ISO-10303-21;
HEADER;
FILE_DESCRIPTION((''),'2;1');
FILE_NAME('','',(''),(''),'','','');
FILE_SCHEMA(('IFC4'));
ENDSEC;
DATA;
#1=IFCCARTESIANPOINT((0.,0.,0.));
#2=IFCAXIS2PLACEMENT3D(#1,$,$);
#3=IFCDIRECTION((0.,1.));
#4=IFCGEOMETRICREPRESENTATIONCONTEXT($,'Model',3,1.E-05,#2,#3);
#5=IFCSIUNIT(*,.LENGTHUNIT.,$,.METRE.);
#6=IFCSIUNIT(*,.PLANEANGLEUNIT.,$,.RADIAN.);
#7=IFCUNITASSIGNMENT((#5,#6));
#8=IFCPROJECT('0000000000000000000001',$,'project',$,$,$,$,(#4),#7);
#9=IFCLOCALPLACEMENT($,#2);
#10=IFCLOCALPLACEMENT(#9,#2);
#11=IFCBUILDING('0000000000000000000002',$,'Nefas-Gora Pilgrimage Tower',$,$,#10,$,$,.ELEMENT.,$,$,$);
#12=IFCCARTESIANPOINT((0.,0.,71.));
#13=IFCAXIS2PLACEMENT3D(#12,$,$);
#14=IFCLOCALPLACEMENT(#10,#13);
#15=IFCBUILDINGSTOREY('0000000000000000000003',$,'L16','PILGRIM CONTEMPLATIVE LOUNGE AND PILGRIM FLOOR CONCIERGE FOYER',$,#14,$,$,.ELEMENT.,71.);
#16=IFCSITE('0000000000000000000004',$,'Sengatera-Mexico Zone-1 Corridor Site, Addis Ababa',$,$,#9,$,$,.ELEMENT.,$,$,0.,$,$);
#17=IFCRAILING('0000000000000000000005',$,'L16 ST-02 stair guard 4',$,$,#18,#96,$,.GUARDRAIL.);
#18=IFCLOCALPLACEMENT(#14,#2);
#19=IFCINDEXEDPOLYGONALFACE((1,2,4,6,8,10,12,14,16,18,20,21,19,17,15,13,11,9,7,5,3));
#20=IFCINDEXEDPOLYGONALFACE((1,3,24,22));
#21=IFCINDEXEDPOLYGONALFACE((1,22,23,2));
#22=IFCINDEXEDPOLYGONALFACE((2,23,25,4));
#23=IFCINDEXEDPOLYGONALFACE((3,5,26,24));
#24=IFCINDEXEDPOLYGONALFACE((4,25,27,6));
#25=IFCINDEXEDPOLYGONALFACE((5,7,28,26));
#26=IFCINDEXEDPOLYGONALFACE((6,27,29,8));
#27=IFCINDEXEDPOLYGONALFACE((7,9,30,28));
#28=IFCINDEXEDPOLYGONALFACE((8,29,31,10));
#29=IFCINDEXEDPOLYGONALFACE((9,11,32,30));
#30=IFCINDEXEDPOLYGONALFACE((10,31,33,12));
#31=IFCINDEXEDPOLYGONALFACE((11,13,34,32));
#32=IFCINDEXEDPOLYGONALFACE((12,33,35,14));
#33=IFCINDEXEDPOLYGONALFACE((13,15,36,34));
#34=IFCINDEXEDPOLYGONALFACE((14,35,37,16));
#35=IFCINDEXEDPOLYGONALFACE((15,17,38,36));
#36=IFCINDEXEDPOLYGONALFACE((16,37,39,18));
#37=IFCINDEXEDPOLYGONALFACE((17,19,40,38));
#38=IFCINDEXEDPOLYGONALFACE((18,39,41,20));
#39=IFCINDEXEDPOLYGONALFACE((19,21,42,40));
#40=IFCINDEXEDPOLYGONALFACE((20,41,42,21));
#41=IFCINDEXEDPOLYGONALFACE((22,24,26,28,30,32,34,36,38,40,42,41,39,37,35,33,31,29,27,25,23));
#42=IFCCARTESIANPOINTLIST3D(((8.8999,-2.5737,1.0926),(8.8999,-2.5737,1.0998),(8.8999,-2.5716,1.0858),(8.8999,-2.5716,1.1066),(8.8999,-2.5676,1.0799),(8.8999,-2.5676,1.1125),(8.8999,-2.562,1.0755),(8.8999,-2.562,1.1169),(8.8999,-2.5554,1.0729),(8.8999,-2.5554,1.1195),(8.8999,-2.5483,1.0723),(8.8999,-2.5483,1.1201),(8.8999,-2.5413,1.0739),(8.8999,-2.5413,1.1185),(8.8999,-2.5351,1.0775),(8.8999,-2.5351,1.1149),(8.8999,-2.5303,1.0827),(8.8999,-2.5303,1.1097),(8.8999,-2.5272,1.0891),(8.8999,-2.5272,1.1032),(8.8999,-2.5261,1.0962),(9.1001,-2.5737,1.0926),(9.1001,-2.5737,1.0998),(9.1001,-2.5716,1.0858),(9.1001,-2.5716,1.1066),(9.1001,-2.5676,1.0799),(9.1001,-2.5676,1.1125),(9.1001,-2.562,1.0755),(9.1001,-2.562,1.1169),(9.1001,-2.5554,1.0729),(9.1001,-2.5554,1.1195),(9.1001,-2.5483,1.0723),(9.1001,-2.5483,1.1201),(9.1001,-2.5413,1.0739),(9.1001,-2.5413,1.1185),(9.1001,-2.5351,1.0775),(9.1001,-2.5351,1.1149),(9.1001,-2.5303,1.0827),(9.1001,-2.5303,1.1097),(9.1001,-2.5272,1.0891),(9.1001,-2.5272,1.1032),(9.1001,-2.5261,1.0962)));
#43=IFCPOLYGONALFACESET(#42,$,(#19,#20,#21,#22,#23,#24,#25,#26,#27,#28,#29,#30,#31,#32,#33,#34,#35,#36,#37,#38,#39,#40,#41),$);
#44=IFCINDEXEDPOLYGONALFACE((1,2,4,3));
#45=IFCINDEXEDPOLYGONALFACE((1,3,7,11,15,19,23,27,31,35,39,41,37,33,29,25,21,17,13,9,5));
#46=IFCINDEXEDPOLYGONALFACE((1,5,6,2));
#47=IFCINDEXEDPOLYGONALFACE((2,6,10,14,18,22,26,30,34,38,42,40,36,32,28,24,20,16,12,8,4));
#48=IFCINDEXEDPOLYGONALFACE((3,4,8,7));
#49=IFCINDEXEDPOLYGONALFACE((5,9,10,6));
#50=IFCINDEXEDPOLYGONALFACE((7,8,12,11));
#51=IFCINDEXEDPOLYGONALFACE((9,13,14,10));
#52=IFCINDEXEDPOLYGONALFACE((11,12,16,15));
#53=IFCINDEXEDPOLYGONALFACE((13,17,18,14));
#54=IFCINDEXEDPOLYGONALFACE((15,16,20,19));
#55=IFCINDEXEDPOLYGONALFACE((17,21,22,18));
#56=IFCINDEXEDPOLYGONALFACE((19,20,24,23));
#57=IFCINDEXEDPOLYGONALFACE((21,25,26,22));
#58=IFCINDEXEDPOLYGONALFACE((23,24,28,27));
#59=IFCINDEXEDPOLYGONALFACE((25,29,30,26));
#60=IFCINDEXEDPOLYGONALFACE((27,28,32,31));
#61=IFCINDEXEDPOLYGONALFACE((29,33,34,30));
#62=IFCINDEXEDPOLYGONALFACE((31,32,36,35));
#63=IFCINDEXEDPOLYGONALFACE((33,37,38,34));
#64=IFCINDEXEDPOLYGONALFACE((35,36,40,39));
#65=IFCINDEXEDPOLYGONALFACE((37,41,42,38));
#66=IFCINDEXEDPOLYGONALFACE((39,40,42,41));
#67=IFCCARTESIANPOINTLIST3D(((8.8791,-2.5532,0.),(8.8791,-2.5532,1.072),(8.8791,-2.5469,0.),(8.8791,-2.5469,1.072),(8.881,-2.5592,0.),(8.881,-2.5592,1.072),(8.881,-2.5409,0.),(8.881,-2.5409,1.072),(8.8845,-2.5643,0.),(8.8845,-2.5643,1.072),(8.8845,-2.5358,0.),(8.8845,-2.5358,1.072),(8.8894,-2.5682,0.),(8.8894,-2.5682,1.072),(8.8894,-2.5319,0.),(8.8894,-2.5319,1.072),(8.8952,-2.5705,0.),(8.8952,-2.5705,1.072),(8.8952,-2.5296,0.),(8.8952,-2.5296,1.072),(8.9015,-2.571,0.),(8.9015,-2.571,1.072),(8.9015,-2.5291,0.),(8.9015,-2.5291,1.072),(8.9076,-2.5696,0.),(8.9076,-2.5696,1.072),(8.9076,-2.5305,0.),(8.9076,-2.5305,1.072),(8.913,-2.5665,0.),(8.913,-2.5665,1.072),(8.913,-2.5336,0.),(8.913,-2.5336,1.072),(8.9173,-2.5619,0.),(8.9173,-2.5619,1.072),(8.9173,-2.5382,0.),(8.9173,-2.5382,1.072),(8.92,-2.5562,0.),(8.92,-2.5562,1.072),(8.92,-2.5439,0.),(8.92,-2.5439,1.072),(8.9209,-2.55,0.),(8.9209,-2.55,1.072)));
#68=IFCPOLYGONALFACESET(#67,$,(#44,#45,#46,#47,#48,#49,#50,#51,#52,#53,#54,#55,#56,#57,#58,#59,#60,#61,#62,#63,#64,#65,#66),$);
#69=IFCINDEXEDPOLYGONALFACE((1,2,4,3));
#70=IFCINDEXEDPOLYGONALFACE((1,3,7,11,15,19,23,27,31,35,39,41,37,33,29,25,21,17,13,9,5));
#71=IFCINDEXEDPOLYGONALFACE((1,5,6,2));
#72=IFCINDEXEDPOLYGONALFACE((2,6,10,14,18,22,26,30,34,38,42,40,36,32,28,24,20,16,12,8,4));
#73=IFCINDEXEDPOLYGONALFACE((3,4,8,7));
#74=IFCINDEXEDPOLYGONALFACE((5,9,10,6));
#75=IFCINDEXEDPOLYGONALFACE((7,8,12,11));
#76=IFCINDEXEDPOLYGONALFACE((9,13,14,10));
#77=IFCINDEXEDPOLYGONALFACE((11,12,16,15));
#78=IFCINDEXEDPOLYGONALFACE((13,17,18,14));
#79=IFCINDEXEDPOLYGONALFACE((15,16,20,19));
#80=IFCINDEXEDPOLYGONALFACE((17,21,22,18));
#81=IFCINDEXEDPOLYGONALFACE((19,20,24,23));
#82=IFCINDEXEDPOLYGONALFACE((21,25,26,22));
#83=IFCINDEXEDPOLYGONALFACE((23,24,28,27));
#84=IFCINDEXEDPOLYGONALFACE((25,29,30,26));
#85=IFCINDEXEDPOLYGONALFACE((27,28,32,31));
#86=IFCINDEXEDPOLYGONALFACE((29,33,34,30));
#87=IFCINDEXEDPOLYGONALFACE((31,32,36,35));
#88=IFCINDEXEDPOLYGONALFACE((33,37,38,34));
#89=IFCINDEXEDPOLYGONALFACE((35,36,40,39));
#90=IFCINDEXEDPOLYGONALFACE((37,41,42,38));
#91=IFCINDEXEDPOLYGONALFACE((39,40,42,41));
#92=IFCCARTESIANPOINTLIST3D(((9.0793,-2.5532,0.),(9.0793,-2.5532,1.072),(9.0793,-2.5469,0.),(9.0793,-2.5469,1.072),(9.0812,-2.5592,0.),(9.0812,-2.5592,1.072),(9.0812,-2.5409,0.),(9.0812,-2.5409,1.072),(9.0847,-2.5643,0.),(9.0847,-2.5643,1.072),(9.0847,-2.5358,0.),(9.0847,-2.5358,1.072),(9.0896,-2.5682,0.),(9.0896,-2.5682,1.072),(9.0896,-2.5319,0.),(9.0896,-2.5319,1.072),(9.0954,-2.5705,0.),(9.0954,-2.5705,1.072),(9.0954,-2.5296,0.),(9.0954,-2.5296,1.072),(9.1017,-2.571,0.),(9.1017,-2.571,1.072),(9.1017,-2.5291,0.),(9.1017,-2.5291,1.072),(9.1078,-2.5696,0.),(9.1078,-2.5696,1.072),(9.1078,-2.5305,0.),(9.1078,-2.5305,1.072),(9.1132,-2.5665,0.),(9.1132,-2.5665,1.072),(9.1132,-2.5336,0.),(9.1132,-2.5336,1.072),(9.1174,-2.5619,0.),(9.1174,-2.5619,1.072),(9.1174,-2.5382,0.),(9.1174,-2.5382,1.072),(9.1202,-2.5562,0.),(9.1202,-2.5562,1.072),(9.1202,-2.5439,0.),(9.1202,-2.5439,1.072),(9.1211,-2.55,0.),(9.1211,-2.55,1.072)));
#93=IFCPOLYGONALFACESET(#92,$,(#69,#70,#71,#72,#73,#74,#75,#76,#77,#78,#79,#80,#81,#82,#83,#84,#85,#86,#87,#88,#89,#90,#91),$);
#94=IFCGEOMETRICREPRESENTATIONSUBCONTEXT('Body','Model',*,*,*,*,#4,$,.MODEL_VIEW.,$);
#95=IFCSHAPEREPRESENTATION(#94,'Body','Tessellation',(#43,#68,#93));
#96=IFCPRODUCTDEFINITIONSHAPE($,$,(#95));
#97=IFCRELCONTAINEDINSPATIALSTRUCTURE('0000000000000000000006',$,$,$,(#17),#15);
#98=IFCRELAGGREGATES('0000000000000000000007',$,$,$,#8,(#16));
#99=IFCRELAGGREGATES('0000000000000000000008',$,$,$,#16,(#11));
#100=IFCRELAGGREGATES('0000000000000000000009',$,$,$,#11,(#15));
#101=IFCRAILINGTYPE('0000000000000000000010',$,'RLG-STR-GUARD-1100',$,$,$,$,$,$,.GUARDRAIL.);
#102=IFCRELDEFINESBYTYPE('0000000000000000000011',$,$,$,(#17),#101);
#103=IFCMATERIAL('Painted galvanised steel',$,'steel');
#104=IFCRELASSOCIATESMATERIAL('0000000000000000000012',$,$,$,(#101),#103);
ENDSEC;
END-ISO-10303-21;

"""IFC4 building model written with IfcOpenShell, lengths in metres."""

from ifc_helpers import new_model, si_unit, direction, frame, origin, origin_2d, place, context, subcontext, project, spatial, circle, extrude, material, type_object, element, save


model = new_model("IFC4")

# Units and contexts
model_context = context("Model", 3, precision=1e-05, world=origin(), true_north=direction((0.0, 1.0)))
body_context = subcontext(model_context, "Body", "Model", "MODEL_VIEW")
ifc_project = project(units=[si_unit("LENGTHUNIT", "METRE"), si_unit("PLANEANGLEUNIT", "RADIAN")], contexts=[model_context])

# Site, building, storey
site_placement = place(None, origin())
site = spatial("IfcSite", under=ifc_project, at=site_placement, Name="Sengatera-Mexico Zone-1 Corridor Site, Addis Ababa", CompositionType="ELEMENT", RefElevation=0.0)
building_placement = place(site_placement, origin())
building = spatial("IfcBuilding", under=site, at=building_placement, Name="Nefas-Gora Pilgrimage Tower", CompositionType="ELEMENT")
storey_placement = place(building_placement, frame((0.0, 0.0, 71.0)))
storey = spatial("IfcBuildingStorey", under=building, at=storey_placement, Name="L16", Description="PILGRIM CONTEMPLATIVE LOUNGE AND PILGRIM FLOOR CONCIERGE FOYER", CompositionType="ELEMENT", Elevation=71.0)

# Railing
ifc_material_1 = material(Name="Painted galvanised steel", Category="steel")
railing_type_1 = type_object("IfcRailingType", Name="RLG-STR-GUARD-1100", PredefinedType="GUARDRAIL", material=ifc_material_1)
railing_1_placement = place(storey_placement, frame((8.8999, -2.55, 0.0)))
element("IfcRailing", 1, at=railing_1_placement, inside=storey, type_object=railing_type_1, Name="L16 ST-02 stair guard 4", PredefinedType="GUARDRAIL", context=body_context, shape_type="SweptSolid", body=[
    extrude(circle(Radius=0.0239, at=origin_2d()), frame((0.0, 0.0, 1.0962), z_axis=(1.0, 0.0, 0.0), x_axis=(0.0, 1.0, 0.0)), (0.0, 0.0, 1.0), 0.2002),
    extrude(circle(Radius=0.021, at=origin_2d()), origin(), (0.0, 0.0, 1.0), 1.072),
    extrude(circle(Radius=0.021, at=origin_2d()), frame((0.2002, 0.0, 0.0)), (0.0, 0.0, 1.0), 1.072),
])

save(model, "model.ifc")
